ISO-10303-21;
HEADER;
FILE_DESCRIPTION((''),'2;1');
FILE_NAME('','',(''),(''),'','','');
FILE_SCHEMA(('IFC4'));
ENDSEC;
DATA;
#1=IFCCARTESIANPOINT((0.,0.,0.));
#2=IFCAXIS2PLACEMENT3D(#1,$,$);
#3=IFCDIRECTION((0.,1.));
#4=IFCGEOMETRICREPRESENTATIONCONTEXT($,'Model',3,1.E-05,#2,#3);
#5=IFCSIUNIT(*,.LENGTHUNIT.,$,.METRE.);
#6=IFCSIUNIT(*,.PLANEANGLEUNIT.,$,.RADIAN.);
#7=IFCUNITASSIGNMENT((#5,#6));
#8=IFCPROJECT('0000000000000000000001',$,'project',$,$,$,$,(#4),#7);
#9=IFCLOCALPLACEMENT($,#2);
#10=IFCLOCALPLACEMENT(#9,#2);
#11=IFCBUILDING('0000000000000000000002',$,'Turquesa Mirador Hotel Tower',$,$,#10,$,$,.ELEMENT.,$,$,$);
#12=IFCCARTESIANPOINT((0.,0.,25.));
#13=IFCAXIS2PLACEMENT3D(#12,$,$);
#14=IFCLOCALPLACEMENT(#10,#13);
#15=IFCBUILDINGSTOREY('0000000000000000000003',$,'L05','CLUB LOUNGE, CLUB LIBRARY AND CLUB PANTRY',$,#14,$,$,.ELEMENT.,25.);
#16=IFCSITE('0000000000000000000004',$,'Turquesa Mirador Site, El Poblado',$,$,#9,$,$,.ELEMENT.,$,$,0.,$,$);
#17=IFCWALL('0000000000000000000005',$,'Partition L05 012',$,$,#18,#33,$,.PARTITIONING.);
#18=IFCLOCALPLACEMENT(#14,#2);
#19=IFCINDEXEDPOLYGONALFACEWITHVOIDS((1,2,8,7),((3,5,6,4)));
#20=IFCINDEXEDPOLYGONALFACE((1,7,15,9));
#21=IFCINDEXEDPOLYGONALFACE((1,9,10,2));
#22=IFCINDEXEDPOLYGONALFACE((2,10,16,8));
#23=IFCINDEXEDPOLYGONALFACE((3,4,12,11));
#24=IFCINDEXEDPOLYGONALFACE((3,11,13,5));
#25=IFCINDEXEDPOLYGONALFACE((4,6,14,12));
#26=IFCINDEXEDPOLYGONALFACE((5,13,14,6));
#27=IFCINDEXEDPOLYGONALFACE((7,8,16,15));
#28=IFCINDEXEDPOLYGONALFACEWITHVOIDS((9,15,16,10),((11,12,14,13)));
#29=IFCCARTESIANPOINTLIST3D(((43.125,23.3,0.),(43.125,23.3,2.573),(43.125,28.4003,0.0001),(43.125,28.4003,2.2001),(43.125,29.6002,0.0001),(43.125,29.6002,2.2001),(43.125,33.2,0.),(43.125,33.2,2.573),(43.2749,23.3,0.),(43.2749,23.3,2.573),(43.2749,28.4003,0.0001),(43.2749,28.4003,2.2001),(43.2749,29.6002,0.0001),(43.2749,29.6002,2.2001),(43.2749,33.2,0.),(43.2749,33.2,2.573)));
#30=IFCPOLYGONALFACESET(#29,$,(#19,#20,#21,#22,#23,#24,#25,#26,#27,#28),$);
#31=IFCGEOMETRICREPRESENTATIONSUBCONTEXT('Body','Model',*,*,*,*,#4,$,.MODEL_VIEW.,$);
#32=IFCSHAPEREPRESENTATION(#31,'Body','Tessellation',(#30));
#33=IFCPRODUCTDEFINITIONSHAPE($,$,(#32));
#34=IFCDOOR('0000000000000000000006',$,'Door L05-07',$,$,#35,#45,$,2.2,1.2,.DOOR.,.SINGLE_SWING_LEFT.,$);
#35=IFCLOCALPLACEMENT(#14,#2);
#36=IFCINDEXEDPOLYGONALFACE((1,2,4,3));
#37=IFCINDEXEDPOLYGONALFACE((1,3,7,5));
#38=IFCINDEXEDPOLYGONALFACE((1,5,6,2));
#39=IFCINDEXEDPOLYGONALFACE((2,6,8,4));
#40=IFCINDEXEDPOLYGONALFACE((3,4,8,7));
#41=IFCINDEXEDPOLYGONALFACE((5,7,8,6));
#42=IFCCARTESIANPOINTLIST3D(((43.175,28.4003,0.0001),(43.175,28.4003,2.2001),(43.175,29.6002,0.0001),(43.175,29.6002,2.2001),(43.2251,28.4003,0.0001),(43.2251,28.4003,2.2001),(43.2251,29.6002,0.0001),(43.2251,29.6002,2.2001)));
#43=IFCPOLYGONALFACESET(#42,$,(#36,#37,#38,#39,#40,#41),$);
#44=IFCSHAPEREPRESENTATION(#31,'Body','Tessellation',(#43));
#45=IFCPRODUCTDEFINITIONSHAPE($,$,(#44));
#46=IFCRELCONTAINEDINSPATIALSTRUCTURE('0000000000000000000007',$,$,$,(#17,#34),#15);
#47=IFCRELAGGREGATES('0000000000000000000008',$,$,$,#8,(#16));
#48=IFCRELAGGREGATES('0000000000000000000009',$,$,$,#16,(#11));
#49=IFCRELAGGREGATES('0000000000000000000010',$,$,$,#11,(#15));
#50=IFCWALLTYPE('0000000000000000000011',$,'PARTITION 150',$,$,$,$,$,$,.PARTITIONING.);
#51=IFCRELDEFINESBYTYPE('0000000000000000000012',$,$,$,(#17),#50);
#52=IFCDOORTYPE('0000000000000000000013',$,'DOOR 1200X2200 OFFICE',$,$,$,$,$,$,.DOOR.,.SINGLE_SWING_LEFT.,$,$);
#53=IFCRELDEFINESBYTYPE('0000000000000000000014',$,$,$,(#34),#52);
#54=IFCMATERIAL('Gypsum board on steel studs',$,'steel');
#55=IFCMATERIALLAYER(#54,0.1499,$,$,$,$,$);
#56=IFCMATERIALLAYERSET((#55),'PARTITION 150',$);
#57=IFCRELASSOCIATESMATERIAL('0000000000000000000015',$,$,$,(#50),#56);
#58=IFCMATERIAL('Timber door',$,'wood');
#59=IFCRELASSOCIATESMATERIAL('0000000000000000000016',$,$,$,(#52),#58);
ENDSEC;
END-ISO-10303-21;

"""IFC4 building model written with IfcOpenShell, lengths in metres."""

from ifc_helpers import new_model, si_unit, direction, frame, frame_2d, origin, place, context, subcontext, project, spatial, rectangle, extrude, material, layer, layer_set, type_object, element, fill, save


model = new_model("IFC4")

# Units and contexts
model_context = context("Model", 3, precision=1e-05, world=origin(), true_north=direction((0.0, 1.0)))
body_context = subcontext(model_context, "Body", "Model", "MODEL_VIEW")
ifc_project = project(units=[si_unit("LENGTHUNIT", "METRE"), si_unit("PLANEANGLEUNIT", "RADIAN")], contexts=[model_context])

# Site, building, storey
site_placement = place(None, origin())
site = spatial("IfcSite", under=ifc_project, at=site_placement, Name="Turquesa Mirador Site, El Poblado", CompositionType="ELEMENT", RefElevation=0.0)
building_placement = place(site_placement, origin())
building = spatial("IfcBuilding", under=site, at=building_placement, Name="Turquesa Mirador Hotel Tower", CompositionType="ELEMENT")
storey_placement = place(building_placement, frame((0.0, 0.0, 25.0)))
storey = spatial("IfcBuildingStorey", under=building, at=storey_placement, Name="L05", Description="CLUB LOUNGE, CLUB LIBRARY AND CLUB PANTRY", CompositionType="ELEMENT", Elevation=25.0)

# Wall, opening, door
ifc_material_1 = material(Name="Gypsum board on steel studs", Category="steel")
ifc_layer_1 = layer(ifc_material_1, 0.1499)
ifc_layer_set_1 = layer_set([ifc_layer_1], Name="PARTITION 150")
wall_type_1 = type_object("IfcWallType", Name="PARTITION 150", PredefinedType="PARTITIONING", material=ifc_layer_set_1)
wall_1_placement = place(storey_placement, frame((43.2, 23.3, 0.0), z_axis=(0.0, 0.0, 1.0), x_axis=(0.0, 1.0, 0.0)))
wall_1 = element("IfcWall", 1, at=wall_1_placement, inside=storey, type_object=wall_type_1, Name="Partition L05 012", PredefinedType="PARTITIONING", context=body_context, shape_type="SweptSolid", body=[
    extrude(rectangle(XDim=9.8999, YDim=0.1499, at=frame_2d((4.95, 0.0))), origin(), (0.0, 0.0, 1.0), 2.573),
])
opening_1_placement = place(wall_1_placement, frame((5.1001, 0.0, 0.0)))
opening_1 = element("IfcOpeningElement", 2, at=opening_1_placement, cuts=wall_1, PredefinedType="OPENING", context=body_context, shape_type="SweptSolid", body=[
    extrude(rectangle(XDim=1.2, YDim=2.2, at=frame_2d((0.6001, 1.1001))), frame((0.0, 0.085, 0.0), z_axis=(0.0, -1.0, 0.0), x_axis=(1.0, 0.0, 0.0)), (0.0, 0.0, 1.0), 0.1699),
])
ifc_material_2 = material(Name="Timber door", Category="wood")
door_type_1 = type_object("IfcDoorType", Name="DOOR 1200X2200 OFFICE", OperationType="SINGLE_SWING_LEFT", PredefinedType="DOOR", material=ifc_material_2)
door_1_placement = place(opening_1_placement, origin())
door_1 = element("IfcDoor", 3, at=door_1_placement, inside=storey, type_object=door_type_1, Name="Door L05-07", OperationType="SINGLE_SWING_LEFT", OverallHeight=2.2, OverallWidth=1.2, PredefinedType="DOOR", context=body_context, shape_type="SweptSolid", body=[
    extrude(rectangle(XDim=1.2, YDim=2.2, at=frame_2d((0.6001, 1.1001))), frame((0.0, 0.0249, 0.0), z_axis=(0.0, -1.0, 0.0), x_axis=(1.0, 0.0, 0.0)), (0.0, 0.0, 1.0), 0.05),
])
fill(opening_1, door_1)

save(model, "model.ifc")
